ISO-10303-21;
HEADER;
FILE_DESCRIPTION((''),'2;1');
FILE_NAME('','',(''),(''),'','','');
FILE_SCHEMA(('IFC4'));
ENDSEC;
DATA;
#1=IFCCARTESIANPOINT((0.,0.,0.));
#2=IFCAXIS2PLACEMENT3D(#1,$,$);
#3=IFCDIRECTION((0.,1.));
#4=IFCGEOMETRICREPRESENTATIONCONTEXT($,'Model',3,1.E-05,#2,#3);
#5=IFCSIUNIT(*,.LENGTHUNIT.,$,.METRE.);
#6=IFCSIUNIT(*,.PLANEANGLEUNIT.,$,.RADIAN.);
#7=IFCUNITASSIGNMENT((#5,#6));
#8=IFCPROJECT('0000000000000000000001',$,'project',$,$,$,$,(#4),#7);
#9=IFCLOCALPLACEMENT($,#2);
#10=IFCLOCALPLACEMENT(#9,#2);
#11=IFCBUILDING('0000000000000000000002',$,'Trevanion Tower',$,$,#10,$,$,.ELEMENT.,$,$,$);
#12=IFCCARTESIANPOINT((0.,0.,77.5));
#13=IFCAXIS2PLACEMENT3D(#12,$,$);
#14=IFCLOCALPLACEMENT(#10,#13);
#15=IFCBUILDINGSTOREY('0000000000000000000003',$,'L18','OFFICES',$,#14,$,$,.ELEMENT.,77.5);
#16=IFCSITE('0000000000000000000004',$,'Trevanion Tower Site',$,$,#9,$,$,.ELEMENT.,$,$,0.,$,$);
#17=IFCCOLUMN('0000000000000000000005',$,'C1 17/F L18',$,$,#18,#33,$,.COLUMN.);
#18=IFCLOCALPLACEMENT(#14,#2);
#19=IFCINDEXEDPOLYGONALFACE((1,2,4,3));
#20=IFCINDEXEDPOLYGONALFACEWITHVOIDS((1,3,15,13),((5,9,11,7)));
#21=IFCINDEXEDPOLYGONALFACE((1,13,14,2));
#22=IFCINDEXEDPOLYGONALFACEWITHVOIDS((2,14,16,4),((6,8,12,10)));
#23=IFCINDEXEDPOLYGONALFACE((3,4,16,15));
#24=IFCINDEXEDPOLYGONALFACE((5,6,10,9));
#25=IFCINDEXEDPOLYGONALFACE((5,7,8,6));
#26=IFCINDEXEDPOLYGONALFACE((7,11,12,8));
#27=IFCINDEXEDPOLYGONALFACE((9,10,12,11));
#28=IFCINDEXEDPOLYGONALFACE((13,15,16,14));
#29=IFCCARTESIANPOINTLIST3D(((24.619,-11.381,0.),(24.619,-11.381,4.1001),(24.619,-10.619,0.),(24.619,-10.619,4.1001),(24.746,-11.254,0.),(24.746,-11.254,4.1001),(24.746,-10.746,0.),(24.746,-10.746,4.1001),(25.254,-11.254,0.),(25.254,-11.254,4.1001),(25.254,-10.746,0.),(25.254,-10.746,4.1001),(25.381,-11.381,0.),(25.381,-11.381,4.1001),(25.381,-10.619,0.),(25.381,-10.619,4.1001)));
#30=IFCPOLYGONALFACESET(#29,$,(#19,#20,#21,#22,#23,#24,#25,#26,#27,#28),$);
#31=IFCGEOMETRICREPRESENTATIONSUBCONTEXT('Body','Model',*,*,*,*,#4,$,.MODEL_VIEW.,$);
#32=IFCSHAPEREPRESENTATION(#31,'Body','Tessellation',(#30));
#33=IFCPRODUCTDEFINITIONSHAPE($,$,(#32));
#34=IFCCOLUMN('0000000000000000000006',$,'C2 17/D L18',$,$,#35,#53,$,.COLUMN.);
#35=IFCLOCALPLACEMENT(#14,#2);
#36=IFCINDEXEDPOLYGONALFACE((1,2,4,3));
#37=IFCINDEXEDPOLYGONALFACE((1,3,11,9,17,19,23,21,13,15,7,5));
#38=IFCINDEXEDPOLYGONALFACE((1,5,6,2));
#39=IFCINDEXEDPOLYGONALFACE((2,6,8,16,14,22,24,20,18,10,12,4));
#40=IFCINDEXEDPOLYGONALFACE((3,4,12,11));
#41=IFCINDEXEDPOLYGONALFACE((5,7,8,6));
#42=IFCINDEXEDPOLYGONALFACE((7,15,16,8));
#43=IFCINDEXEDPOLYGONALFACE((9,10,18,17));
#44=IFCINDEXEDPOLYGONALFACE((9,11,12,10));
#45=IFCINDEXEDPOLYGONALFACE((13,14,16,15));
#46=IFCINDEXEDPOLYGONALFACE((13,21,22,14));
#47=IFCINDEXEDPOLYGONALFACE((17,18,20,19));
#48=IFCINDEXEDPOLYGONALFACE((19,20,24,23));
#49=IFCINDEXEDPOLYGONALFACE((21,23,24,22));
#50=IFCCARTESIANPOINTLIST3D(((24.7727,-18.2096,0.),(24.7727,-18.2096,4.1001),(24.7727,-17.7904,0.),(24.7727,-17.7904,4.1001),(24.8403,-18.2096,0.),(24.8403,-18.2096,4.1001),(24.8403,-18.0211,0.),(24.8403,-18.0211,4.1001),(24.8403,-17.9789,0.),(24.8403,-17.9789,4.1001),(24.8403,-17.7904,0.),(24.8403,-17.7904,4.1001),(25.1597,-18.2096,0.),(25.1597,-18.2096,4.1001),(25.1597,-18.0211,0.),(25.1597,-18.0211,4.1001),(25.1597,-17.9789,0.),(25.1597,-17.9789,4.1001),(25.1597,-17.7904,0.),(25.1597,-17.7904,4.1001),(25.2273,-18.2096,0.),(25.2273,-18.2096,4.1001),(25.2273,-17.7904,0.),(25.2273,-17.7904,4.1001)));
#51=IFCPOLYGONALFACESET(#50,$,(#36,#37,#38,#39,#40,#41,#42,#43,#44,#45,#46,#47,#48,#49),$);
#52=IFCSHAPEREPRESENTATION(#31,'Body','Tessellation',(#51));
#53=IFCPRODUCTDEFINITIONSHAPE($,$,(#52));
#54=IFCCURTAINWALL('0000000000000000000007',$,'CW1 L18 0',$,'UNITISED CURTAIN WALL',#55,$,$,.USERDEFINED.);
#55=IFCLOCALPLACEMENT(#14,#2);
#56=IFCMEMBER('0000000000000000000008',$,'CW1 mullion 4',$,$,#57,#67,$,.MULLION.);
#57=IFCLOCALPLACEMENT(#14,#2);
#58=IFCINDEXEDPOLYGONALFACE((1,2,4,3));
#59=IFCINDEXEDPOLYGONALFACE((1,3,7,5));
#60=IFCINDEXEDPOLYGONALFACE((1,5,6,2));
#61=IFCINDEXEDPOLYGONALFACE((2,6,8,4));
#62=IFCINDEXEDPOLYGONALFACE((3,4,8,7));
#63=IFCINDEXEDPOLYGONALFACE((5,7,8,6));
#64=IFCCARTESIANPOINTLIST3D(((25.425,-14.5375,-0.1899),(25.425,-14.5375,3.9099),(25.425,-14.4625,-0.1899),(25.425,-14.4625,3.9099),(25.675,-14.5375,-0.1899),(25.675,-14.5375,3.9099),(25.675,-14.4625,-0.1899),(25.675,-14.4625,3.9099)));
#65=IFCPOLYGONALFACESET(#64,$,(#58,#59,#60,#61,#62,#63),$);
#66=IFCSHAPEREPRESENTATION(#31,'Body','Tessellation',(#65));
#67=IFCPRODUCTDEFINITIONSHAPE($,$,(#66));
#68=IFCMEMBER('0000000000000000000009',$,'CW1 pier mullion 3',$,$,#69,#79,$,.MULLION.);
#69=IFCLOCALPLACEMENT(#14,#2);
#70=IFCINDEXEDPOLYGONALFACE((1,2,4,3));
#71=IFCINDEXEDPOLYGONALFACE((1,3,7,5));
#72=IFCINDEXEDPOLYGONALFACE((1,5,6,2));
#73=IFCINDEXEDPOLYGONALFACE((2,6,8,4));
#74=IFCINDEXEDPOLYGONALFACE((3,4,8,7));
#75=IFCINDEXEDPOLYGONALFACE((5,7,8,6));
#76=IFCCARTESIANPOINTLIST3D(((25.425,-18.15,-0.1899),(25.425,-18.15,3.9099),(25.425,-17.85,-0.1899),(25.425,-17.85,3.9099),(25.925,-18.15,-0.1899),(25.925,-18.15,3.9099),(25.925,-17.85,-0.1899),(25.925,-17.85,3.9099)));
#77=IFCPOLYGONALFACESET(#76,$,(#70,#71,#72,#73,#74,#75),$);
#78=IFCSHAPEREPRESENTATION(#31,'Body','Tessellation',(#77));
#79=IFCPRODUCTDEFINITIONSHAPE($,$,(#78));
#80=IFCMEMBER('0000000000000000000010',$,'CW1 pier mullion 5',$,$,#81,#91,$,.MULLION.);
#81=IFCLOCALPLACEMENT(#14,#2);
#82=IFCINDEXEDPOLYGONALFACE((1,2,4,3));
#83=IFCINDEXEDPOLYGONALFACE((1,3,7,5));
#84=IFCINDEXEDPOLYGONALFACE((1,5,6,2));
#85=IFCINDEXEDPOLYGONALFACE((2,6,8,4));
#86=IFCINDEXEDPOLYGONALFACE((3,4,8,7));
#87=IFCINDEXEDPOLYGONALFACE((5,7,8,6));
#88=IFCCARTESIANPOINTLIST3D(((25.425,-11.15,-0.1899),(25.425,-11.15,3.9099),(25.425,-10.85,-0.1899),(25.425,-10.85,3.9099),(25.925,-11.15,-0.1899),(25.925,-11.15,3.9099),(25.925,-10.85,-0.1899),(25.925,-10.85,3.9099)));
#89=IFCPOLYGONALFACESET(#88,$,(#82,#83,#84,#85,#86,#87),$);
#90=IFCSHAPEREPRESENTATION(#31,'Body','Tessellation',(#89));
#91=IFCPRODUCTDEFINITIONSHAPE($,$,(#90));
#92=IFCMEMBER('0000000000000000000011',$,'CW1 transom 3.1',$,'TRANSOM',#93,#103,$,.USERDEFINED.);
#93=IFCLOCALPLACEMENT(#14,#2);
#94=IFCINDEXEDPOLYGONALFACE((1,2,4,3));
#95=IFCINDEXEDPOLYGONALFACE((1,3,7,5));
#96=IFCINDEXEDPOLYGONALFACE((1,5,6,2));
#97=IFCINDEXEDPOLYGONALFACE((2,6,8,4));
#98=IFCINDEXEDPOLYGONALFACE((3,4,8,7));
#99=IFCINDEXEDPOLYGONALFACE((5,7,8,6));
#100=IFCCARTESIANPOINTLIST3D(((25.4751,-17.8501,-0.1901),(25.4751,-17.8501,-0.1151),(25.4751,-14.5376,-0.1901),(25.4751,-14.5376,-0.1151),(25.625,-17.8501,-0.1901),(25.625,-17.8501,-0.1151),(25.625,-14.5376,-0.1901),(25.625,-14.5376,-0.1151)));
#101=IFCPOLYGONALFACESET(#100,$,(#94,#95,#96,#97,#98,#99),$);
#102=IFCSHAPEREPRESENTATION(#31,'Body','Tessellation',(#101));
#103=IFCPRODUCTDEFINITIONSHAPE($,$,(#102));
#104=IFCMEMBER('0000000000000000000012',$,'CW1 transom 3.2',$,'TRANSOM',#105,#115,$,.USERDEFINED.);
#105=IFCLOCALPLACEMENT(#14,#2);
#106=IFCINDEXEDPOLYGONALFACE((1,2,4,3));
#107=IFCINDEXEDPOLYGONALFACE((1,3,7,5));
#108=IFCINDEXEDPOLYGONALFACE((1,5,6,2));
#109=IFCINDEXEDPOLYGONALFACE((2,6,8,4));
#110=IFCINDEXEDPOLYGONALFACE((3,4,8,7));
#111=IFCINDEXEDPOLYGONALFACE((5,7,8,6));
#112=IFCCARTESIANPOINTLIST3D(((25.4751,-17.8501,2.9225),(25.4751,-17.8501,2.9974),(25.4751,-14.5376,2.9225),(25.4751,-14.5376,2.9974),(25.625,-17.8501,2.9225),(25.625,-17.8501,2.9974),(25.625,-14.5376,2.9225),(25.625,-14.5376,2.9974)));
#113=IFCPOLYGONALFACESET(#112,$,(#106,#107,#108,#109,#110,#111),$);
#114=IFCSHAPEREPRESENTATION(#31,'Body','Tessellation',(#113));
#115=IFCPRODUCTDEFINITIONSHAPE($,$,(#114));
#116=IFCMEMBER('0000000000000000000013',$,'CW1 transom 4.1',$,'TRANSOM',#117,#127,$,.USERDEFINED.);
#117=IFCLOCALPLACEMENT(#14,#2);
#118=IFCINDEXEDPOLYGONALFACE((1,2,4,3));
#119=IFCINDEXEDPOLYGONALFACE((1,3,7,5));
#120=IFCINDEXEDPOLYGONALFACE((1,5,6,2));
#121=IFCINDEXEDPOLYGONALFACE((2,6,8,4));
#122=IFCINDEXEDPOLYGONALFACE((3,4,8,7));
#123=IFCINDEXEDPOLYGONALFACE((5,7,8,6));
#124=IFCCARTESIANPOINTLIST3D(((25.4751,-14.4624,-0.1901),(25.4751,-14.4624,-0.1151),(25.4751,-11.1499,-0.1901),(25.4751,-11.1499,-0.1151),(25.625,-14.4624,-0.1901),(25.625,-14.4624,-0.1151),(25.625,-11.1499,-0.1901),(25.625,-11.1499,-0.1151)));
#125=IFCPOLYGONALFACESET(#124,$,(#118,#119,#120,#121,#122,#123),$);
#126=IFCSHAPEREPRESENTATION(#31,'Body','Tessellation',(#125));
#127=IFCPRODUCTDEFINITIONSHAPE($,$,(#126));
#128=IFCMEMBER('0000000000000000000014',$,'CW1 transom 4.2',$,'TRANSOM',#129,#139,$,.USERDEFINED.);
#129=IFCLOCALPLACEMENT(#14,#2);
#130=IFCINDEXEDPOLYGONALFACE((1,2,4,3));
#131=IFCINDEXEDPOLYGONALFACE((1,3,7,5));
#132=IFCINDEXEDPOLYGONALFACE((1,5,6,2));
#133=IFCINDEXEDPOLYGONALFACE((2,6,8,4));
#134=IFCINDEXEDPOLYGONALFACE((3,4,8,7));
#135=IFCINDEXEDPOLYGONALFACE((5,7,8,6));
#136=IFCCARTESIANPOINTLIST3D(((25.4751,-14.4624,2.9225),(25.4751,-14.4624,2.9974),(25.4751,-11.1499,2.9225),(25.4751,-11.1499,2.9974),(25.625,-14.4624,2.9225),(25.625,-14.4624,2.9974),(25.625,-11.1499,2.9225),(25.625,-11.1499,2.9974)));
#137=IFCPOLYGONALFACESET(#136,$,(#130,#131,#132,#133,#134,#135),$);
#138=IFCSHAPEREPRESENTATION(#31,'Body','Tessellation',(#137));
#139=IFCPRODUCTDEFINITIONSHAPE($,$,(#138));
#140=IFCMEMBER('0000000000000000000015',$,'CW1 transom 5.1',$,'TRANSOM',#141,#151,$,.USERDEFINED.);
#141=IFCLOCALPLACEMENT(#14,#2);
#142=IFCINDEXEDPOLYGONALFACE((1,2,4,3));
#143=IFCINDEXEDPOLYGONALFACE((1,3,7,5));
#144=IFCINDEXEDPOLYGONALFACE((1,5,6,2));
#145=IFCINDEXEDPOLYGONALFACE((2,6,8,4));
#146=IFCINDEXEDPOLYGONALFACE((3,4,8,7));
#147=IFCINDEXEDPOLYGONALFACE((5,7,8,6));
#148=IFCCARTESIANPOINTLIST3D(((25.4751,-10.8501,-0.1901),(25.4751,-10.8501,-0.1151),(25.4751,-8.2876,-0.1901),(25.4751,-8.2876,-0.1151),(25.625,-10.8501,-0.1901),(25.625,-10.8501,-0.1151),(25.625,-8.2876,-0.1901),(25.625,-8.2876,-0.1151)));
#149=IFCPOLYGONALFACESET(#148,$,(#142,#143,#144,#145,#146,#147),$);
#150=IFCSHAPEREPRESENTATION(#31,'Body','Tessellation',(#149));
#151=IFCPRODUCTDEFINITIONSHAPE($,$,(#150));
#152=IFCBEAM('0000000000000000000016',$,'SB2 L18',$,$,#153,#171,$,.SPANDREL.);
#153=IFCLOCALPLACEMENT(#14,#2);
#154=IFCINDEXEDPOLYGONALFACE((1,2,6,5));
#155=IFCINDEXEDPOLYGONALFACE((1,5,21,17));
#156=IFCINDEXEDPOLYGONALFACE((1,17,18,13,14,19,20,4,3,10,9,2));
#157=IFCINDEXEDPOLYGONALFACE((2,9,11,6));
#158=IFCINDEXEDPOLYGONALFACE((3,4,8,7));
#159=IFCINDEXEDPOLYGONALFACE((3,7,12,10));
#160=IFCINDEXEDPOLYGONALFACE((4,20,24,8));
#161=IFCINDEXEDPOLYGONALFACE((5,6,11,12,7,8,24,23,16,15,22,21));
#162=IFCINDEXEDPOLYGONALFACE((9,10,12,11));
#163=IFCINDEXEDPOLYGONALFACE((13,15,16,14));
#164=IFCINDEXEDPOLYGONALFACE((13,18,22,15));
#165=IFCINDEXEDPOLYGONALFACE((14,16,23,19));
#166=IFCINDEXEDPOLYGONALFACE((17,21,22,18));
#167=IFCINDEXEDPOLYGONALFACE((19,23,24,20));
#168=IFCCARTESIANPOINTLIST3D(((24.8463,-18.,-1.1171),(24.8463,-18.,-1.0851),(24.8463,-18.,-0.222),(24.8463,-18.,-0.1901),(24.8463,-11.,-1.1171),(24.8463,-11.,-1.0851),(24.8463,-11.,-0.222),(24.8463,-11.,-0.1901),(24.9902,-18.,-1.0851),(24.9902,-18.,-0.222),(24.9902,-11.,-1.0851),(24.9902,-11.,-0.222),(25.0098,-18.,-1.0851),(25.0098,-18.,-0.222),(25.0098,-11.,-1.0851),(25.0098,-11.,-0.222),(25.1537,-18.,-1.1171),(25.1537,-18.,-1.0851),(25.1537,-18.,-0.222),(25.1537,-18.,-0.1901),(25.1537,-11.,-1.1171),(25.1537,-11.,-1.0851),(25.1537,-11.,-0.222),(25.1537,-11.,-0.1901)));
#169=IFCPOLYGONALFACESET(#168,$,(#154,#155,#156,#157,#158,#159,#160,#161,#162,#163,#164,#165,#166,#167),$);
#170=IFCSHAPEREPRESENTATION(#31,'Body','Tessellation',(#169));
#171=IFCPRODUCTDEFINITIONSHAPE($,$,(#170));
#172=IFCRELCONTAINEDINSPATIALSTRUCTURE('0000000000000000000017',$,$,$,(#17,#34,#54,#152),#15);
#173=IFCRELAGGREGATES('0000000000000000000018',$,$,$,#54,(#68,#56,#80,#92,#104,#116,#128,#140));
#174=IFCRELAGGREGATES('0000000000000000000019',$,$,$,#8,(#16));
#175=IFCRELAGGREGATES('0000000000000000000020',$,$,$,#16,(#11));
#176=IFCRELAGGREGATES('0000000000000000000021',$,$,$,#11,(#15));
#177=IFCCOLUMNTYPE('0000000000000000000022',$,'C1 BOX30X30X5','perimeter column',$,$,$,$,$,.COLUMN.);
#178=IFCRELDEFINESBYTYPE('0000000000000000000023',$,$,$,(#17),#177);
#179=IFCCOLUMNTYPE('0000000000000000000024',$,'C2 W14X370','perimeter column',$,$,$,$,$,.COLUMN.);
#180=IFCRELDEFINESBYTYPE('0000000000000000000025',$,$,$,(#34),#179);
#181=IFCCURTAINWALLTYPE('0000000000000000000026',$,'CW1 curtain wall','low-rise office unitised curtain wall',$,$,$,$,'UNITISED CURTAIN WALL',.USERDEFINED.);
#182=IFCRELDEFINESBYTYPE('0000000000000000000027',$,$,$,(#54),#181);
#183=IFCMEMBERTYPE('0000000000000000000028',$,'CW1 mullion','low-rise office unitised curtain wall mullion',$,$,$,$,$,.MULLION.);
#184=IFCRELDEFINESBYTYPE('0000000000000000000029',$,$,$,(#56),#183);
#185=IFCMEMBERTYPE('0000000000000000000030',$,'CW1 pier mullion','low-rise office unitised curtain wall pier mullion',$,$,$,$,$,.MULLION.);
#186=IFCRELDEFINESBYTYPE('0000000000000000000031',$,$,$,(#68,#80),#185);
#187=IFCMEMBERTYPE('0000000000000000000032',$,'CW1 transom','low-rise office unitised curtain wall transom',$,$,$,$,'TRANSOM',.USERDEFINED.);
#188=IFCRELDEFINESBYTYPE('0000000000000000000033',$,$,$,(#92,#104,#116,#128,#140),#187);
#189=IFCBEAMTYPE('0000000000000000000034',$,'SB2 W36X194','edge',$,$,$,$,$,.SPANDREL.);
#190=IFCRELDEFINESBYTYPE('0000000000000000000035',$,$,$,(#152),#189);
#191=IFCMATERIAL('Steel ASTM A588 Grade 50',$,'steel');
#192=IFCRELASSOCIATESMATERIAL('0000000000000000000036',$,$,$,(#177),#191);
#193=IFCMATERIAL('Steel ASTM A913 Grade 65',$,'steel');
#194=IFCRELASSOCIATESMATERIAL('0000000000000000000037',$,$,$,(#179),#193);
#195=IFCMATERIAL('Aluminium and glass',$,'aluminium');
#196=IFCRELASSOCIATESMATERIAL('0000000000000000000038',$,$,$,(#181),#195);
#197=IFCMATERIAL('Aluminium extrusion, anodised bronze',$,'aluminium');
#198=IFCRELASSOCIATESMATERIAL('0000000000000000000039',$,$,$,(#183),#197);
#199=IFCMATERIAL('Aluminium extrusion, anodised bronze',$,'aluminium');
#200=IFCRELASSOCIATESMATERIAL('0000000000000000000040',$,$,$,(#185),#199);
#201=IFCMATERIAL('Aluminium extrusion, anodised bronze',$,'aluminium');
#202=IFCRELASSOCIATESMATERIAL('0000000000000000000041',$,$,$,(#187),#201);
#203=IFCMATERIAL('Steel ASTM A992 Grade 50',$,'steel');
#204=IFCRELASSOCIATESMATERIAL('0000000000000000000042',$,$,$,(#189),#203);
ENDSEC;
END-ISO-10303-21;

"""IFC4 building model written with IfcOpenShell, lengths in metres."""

from ifc_helpers import new_model, si_unit, direction, frame, origin, origin_2d, place, context, subcontext, project, spatial, rectangle, hollow_rectangle, i_section, extrude, material, material_profile, profile_set, type_object, element, aggregate, save


model = new_model("IFC4")

# Units and contexts
model_context = context("Model", 3, precision=1e-05, world=origin(), true_north=direction((0.0, 1.0)))
body_context = subcontext(model_context, "Body", "Model", "MODEL_VIEW")
ifc_project = project(units=[si_unit("LENGTHUNIT", "METRE"), si_unit("PLANEANGLEUNIT", "RADIAN")], contexts=[model_context])

# Site, building, storey
site_placement = place(None, origin())
site = spatial("IfcSite", under=ifc_project, at=site_placement, Name="Trevanion Tower Site", CompositionType="ELEMENT", RefElevation=0.0)
building_placement = place(site_placement, origin())
building = spatial("IfcBuilding", under=site, at=building_placement, Name="Trevanion Tower", CompositionType="ELEMENT")
storey_placement = place(building_placement, frame((0.0, 0.0, 77.5)))
storey = spatial("IfcBuildingStorey", under=building, at=storey_placement, Name="L18", Description="OFFICES", CompositionType="ELEMENT", Elevation=77.5)

# Columns
ifc_material_1 = material(Name="Steel ASTM A588 Grade 50", Category="steel")
ifc_material_profile_1 = material_profile(ifc_material_1, hollow_rectangle(XDim=0.762, YDim=0.762, WallThickness=0.127, at=origin_2d()), Name="BOX30X30X5")
ifc_profile_set_1 = profile_set([ifc_material_profile_1], Name="Steel ASTM A588 Grade 50")
column_type_1 = type_object("IfcColumnType", Name="C1 BOX30X30X5", Description="perimeter column", PredefinedType="COLUMN", material=ifc_profile_set_1)
column_1_placement = place(storey_placement, frame((25.0, -11.0, 0.0), z_axis=(0.0, 0.0, 1.0), x_axis=(0.0, 1.0, 0.0)))
element("IfcColumn", 1, at=column_1_placement, inside=storey, type_object=column_type_1, Name="C1 17/F L18", PredefinedType="COLUMN", context=body_context, shape_type="SweptSolid", body=[
    extrude(hollow_rectangle(XDim=0.762, YDim=0.762, WallThickness=0.127, at=origin_2d()), origin(), (0.0, 0.0, 1.0), 4.1001),
])
ifc_material_2 = material(Name="Steel ASTM A913 Grade 65", Category="steel")
ifc_material_profile_2 = material_profile(ifc_material_2, i_section(OverallWidth=0.4192, OverallDepth=0.4546, WebThickness=0.0422, FlangeThickness=0.0676, at=origin_2d()), Name="W14X370")
ifc_profile_set_2 = profile_set([ifc_material_profile_2], Name="Steel ASTM A913 Grade 65")
column_type_2 = type_object("IfcColumnType", Name="C2 W14X370", Description="perimeter column", PredefinedType="COLUMN", material=ifc_profile_set_2)
column_2_placement = place(storey_placement, frame((25.0, -18.0, 0.0), z_axis=(0.0, 0.0, 1.0), x_axis=(0.0, 1.0, 0.0)))
element("IfcColumn", 2, at=column_2_placement, inside=storey, type_object=column_type_2, Name="C2 17/D L18", PredefinedType="COLUMN", context=body_context, shape_type="SweptSolid", body=[
    extrude(i_section(OverallWidth=0.4192, OverallDepth=0.4546, WebThickness=0.0422, FlangeThickness=0.0676, at=origin_2d()), origin(), (0.0, 0.0, 1.0), 4.1001),
])

# Curtain wall, members
ifc_material_3 = material(Name="Aluminium and glass", Category="aluminium")
curtain_wall_type = type_object("IfcCurtainWallType", Name="CW1 curtain wall", Description="low-rise office unitised curtain wall", ElementType="UNITISED CURTAIN WALL", PredefinedType="USERDEFINED", material=ifc_material_3)
curtain_wall_placement = place(storey_placement, origin())
curtain_wall = element("IfcCurtainWall", 3, at=curtain_wall_placement, inside=storey, type_object=curtain_wall_type, Name="CW1 L18 0", ObjectType="UNITISED CURTAIN WALL", PredefinedType="USERDEFINED")
ifc_material_4 = material(Name="Aluminium extrusion, anodised bronze", Category="aluminium")
ifc_material_profile_3 = material_profile(ifc_material_4, rectangle(XDim=0.075, YDim=0.25, at=origin_2d()), Name="CW1 mullion")
ifc_profile_set_3 = profile_set([ifc_material_profile_3], Name="Aluminium extrusion, anodised bronze")
member_type_1 = type_object("IfcMemberType", Name="CW1 mullion", Description="low-rise office unitised curtain wall mullion", PredefinedType="MULLION", material=ifc_profile_set_3)
member_1_placement = place(storey_placement, frame((25.55, -14.5, -0.1899), z_axis=(0.0, 0.0, 1.0), x_axis=(0.0, 1.0, 0.0)))
member_1 = element("IfcMember", 4, at=member_1_placement, type_object=member_type_1, Name="CW1 mullion 4", PredefinedType="MULLION", context=body_context, shape_type="SweptSolid", body=[
    extrude(rectangle(XDim=0.075, YDim=0.25, at=origin_2d()), origin(), (0.0, 0.0, 1.0), 4.0999),
])
ifc_material_5 = material(Name="Aluminium extrusion, anodised bronze", Category="aluminium")
ifc_material_profile_4 = material_profile(ifc_material_5, rectangle(XDim=0.3, YDim=0.5, at=origin_2d()), Name="CW1 pier mullion")
ifc_profile_set_4 = profile_set([ifc_material_profile_4], Name="Aluminium extrusion, anodised bronze")
member_type_2 = type_object("IfcMemberType", Name="CW1 pier mullion", Description="low-rise office unitised curtain wall pier mullion", PredefinedType="MULLION", material=ifc_profile_set_4)
member_2_placement = place(storey_placement, frame((25.675, -18.0, -0.1899), z_axis=(0.0, 0.0, 1.0), x_axis=(0.0, 1.0, 0.0)))
member_2 = element("IfcMember", 5, at=member_2_placement, type_object=member_type_2, Name="CW1 pier mullion 3", PredefinedType="MULLION", context=body_context, shape_type="SweptSolid", body=[
    extrude(rectangle(XDim=0.3, YDim=0.5, at=origin_2d()), origin(), (0.0, 0.0, 1.0), 4.0999),
])
member_3_placement = place(storey_placement, frame((25.675, -11.0, -0.1899), z_axis=(0.0, 0.0, 1.0), x_axis=(0.0, 1.0, 0.0)))
member_3 = element("IfcMember", 6, at=member_3_placement, type_object=member_type_2, Name="CW1 pier mullion 5", PredefinedType="MULLION", context=body_context, shape_type="SweptSolid", body=[
    extrude(rectangle(XDim=0.3, YDim=0.5, at=origin_2d()), origin(), (0.0, 0.0, 1.0), 4.0999),
])
ifc_material_6 = material(Name="Aluminium extrusion, anodised bronze", Category="aluminium")
ifc_material_profile_5 = material_profile(ifc_material_6, rectangle(XDim=0.1499, YDim=0.075, at=origin_2d()), Name="CW1 transom")
ifc_profile_set_5 = profile_set([ifc_material_profile_5], Name="Aluminium extrusion, anodised bronze")
member_type_3 = type_object("IfcMemberType", Name="CW1 transom", Description="low-rise office unitised curtain wall transom", ElementType="TRANSOM", PredefinedType="USERDEFINED", material=ifc_profile_set_5)
member_4_placement = place(storey_placement, frame((25.55, -17.8501, -0.1526), z_axis=(0.0, 1.0, 0.0), x_axis=(-1.0, 0.0, 0.0)))
member_4 = element("IfcMember", 7, at=member_4_placement, type_object=member_type_3, Name="CW1 transom 3.1", ObjectType="TRANSOM", PredefinedType="USERDEFINED", context=body_context, shape_type="SweptSolid", body=[
    extrude(rectangle(XDim=0.1499, YDim=0.075, at=origin_2d()), origin(), (0.0, 0.0, 1.0), 3.3125),
])
member_5_placement = place(storey_placement, frame((25.55, -17.8501, 2.96), z_axis=(0.0, 1.0, 0.0), x_axis=(-1.0, 0.0, 0.0)))
member_5 = element("IfcMember", 8, at=member_5_placement, type_object=member_type_3, Name="CW1 transom 3.2", ObjectType="TRANSOM", PredefinedType="USERDEFINED", context=body_context, shape_type="SweptSolid", body=[
    extrude(rectangle(XDim=0.1499, YDim=0.075, at=origin_2d()), origin(), (0.0, 0.0, 1.0), 3.3125),
])
member_6_placement = place(storey_placement, frame((25.55, -14.4624, -0.1526), z_axis=(0.0, 1.0, 0.0), x_axis=(-1.0, 0.0, 0.0)))
member_6 = element("IfcMember", 9, at=member_6_placement, type_object=member_type_3, Name="CW1 transom 4.1", ObjectType="TRANSOM", PredefinedType="USERDEFINED", context=body_context, shape_type="SweptSolid", body=[
    extrude(rectangle(XDim=0.1499, YDim=0.075, at=origin_2d()), origin(), (0.0, 0.0, 1.0), 3.3125),
])
member_7_placement = place(storey_placement, frame((25.55, -14.4624, 2.96), z_axis=(0.0, 1.0, 0.0), x_axis=(-1.0, 0.0, 0.0)))
member_7 = element("IfcMember", 10, at=member_7_placement, type_object=member_type_3, Name="CW1 transom 4.2", ObjectType="TRANSOM", PredefinedType="USERDEFINED", context=body_context, shape_type="SweptSolid", body=[
    extrude(rectangle(XDim=0.1499, YDim=0.075, at=origin_2d()), origin(), (0.0, 0.0, 1.0), 3.3125),
])
member_8_placement = place(storey_placement, frame((25.55, -10.8501, -0.1526), z_axis=(0.0, 1.0, 0.0), x_axis=(-1.0, 0.0, 0.0)))
member_8 = element("IfcMember", 11, at=member_8_placement, type_object=member_type_3, Name="CW1 transom 5.1", ObjectType="TRANSOM", PredefinedType="USERDEFINED", context=body_context, shape_type="SweptSolid", body=[
    extrude(rectangle(XDim=0.1499, YDim=0.075, at=origin_2d()), origin(), (0.0, 0.0, 1.0), 2.5625),
])

# Beam
ifc_material_7 = material(Name="Steel ASTM A992 Grade 50", Category="steel")
ifc_material_profile_6 = material_profile(ifc_material_7, i_section(OverallWidth=0.3074, OverallDepth=0.927, WebThickness=0.0195, FlangeThickness=0.032, at=origin_2d()), Name="W36X194")
ifc_profile_set_6 = profile_set([ifc_material_profile_6], Name="Steel ASTM A992 Grade 50")
beam_type = type_object("IfcBeamType", Name="SB2 W36X194", Description="edge", PredefinedType="SPANDREL", material=ifc_profile_set_6)
beam_1_placement = place(storey_placement, frame((25.0, -18.0, -0.6536), z_axis=(0.0, 1.0, 0.0), x_axis=(-1.0, 0.0, 0.0)))
element("IfcBeam", 12, at=beam_1_placement, inside=storey, type_object=beam_type, Name="SB2 L18", PredefinedType="SPANDREL", context=body_context, shape_type="SweptSolid", body=[
    extrude(i_section(OverallWidth=0.3074, OverallDepth=0.927, WebThickness=0.0195, FlangeThickness=0.032, at=origin_2d()), origin(), (0.0, 0.0, 1.0), 7.0),
])

aggregate(curtain_wall, [member_2, member_1, member_3, member_4, member_5, member_6, member_7, member_8])

save(model, "model.ifc")
